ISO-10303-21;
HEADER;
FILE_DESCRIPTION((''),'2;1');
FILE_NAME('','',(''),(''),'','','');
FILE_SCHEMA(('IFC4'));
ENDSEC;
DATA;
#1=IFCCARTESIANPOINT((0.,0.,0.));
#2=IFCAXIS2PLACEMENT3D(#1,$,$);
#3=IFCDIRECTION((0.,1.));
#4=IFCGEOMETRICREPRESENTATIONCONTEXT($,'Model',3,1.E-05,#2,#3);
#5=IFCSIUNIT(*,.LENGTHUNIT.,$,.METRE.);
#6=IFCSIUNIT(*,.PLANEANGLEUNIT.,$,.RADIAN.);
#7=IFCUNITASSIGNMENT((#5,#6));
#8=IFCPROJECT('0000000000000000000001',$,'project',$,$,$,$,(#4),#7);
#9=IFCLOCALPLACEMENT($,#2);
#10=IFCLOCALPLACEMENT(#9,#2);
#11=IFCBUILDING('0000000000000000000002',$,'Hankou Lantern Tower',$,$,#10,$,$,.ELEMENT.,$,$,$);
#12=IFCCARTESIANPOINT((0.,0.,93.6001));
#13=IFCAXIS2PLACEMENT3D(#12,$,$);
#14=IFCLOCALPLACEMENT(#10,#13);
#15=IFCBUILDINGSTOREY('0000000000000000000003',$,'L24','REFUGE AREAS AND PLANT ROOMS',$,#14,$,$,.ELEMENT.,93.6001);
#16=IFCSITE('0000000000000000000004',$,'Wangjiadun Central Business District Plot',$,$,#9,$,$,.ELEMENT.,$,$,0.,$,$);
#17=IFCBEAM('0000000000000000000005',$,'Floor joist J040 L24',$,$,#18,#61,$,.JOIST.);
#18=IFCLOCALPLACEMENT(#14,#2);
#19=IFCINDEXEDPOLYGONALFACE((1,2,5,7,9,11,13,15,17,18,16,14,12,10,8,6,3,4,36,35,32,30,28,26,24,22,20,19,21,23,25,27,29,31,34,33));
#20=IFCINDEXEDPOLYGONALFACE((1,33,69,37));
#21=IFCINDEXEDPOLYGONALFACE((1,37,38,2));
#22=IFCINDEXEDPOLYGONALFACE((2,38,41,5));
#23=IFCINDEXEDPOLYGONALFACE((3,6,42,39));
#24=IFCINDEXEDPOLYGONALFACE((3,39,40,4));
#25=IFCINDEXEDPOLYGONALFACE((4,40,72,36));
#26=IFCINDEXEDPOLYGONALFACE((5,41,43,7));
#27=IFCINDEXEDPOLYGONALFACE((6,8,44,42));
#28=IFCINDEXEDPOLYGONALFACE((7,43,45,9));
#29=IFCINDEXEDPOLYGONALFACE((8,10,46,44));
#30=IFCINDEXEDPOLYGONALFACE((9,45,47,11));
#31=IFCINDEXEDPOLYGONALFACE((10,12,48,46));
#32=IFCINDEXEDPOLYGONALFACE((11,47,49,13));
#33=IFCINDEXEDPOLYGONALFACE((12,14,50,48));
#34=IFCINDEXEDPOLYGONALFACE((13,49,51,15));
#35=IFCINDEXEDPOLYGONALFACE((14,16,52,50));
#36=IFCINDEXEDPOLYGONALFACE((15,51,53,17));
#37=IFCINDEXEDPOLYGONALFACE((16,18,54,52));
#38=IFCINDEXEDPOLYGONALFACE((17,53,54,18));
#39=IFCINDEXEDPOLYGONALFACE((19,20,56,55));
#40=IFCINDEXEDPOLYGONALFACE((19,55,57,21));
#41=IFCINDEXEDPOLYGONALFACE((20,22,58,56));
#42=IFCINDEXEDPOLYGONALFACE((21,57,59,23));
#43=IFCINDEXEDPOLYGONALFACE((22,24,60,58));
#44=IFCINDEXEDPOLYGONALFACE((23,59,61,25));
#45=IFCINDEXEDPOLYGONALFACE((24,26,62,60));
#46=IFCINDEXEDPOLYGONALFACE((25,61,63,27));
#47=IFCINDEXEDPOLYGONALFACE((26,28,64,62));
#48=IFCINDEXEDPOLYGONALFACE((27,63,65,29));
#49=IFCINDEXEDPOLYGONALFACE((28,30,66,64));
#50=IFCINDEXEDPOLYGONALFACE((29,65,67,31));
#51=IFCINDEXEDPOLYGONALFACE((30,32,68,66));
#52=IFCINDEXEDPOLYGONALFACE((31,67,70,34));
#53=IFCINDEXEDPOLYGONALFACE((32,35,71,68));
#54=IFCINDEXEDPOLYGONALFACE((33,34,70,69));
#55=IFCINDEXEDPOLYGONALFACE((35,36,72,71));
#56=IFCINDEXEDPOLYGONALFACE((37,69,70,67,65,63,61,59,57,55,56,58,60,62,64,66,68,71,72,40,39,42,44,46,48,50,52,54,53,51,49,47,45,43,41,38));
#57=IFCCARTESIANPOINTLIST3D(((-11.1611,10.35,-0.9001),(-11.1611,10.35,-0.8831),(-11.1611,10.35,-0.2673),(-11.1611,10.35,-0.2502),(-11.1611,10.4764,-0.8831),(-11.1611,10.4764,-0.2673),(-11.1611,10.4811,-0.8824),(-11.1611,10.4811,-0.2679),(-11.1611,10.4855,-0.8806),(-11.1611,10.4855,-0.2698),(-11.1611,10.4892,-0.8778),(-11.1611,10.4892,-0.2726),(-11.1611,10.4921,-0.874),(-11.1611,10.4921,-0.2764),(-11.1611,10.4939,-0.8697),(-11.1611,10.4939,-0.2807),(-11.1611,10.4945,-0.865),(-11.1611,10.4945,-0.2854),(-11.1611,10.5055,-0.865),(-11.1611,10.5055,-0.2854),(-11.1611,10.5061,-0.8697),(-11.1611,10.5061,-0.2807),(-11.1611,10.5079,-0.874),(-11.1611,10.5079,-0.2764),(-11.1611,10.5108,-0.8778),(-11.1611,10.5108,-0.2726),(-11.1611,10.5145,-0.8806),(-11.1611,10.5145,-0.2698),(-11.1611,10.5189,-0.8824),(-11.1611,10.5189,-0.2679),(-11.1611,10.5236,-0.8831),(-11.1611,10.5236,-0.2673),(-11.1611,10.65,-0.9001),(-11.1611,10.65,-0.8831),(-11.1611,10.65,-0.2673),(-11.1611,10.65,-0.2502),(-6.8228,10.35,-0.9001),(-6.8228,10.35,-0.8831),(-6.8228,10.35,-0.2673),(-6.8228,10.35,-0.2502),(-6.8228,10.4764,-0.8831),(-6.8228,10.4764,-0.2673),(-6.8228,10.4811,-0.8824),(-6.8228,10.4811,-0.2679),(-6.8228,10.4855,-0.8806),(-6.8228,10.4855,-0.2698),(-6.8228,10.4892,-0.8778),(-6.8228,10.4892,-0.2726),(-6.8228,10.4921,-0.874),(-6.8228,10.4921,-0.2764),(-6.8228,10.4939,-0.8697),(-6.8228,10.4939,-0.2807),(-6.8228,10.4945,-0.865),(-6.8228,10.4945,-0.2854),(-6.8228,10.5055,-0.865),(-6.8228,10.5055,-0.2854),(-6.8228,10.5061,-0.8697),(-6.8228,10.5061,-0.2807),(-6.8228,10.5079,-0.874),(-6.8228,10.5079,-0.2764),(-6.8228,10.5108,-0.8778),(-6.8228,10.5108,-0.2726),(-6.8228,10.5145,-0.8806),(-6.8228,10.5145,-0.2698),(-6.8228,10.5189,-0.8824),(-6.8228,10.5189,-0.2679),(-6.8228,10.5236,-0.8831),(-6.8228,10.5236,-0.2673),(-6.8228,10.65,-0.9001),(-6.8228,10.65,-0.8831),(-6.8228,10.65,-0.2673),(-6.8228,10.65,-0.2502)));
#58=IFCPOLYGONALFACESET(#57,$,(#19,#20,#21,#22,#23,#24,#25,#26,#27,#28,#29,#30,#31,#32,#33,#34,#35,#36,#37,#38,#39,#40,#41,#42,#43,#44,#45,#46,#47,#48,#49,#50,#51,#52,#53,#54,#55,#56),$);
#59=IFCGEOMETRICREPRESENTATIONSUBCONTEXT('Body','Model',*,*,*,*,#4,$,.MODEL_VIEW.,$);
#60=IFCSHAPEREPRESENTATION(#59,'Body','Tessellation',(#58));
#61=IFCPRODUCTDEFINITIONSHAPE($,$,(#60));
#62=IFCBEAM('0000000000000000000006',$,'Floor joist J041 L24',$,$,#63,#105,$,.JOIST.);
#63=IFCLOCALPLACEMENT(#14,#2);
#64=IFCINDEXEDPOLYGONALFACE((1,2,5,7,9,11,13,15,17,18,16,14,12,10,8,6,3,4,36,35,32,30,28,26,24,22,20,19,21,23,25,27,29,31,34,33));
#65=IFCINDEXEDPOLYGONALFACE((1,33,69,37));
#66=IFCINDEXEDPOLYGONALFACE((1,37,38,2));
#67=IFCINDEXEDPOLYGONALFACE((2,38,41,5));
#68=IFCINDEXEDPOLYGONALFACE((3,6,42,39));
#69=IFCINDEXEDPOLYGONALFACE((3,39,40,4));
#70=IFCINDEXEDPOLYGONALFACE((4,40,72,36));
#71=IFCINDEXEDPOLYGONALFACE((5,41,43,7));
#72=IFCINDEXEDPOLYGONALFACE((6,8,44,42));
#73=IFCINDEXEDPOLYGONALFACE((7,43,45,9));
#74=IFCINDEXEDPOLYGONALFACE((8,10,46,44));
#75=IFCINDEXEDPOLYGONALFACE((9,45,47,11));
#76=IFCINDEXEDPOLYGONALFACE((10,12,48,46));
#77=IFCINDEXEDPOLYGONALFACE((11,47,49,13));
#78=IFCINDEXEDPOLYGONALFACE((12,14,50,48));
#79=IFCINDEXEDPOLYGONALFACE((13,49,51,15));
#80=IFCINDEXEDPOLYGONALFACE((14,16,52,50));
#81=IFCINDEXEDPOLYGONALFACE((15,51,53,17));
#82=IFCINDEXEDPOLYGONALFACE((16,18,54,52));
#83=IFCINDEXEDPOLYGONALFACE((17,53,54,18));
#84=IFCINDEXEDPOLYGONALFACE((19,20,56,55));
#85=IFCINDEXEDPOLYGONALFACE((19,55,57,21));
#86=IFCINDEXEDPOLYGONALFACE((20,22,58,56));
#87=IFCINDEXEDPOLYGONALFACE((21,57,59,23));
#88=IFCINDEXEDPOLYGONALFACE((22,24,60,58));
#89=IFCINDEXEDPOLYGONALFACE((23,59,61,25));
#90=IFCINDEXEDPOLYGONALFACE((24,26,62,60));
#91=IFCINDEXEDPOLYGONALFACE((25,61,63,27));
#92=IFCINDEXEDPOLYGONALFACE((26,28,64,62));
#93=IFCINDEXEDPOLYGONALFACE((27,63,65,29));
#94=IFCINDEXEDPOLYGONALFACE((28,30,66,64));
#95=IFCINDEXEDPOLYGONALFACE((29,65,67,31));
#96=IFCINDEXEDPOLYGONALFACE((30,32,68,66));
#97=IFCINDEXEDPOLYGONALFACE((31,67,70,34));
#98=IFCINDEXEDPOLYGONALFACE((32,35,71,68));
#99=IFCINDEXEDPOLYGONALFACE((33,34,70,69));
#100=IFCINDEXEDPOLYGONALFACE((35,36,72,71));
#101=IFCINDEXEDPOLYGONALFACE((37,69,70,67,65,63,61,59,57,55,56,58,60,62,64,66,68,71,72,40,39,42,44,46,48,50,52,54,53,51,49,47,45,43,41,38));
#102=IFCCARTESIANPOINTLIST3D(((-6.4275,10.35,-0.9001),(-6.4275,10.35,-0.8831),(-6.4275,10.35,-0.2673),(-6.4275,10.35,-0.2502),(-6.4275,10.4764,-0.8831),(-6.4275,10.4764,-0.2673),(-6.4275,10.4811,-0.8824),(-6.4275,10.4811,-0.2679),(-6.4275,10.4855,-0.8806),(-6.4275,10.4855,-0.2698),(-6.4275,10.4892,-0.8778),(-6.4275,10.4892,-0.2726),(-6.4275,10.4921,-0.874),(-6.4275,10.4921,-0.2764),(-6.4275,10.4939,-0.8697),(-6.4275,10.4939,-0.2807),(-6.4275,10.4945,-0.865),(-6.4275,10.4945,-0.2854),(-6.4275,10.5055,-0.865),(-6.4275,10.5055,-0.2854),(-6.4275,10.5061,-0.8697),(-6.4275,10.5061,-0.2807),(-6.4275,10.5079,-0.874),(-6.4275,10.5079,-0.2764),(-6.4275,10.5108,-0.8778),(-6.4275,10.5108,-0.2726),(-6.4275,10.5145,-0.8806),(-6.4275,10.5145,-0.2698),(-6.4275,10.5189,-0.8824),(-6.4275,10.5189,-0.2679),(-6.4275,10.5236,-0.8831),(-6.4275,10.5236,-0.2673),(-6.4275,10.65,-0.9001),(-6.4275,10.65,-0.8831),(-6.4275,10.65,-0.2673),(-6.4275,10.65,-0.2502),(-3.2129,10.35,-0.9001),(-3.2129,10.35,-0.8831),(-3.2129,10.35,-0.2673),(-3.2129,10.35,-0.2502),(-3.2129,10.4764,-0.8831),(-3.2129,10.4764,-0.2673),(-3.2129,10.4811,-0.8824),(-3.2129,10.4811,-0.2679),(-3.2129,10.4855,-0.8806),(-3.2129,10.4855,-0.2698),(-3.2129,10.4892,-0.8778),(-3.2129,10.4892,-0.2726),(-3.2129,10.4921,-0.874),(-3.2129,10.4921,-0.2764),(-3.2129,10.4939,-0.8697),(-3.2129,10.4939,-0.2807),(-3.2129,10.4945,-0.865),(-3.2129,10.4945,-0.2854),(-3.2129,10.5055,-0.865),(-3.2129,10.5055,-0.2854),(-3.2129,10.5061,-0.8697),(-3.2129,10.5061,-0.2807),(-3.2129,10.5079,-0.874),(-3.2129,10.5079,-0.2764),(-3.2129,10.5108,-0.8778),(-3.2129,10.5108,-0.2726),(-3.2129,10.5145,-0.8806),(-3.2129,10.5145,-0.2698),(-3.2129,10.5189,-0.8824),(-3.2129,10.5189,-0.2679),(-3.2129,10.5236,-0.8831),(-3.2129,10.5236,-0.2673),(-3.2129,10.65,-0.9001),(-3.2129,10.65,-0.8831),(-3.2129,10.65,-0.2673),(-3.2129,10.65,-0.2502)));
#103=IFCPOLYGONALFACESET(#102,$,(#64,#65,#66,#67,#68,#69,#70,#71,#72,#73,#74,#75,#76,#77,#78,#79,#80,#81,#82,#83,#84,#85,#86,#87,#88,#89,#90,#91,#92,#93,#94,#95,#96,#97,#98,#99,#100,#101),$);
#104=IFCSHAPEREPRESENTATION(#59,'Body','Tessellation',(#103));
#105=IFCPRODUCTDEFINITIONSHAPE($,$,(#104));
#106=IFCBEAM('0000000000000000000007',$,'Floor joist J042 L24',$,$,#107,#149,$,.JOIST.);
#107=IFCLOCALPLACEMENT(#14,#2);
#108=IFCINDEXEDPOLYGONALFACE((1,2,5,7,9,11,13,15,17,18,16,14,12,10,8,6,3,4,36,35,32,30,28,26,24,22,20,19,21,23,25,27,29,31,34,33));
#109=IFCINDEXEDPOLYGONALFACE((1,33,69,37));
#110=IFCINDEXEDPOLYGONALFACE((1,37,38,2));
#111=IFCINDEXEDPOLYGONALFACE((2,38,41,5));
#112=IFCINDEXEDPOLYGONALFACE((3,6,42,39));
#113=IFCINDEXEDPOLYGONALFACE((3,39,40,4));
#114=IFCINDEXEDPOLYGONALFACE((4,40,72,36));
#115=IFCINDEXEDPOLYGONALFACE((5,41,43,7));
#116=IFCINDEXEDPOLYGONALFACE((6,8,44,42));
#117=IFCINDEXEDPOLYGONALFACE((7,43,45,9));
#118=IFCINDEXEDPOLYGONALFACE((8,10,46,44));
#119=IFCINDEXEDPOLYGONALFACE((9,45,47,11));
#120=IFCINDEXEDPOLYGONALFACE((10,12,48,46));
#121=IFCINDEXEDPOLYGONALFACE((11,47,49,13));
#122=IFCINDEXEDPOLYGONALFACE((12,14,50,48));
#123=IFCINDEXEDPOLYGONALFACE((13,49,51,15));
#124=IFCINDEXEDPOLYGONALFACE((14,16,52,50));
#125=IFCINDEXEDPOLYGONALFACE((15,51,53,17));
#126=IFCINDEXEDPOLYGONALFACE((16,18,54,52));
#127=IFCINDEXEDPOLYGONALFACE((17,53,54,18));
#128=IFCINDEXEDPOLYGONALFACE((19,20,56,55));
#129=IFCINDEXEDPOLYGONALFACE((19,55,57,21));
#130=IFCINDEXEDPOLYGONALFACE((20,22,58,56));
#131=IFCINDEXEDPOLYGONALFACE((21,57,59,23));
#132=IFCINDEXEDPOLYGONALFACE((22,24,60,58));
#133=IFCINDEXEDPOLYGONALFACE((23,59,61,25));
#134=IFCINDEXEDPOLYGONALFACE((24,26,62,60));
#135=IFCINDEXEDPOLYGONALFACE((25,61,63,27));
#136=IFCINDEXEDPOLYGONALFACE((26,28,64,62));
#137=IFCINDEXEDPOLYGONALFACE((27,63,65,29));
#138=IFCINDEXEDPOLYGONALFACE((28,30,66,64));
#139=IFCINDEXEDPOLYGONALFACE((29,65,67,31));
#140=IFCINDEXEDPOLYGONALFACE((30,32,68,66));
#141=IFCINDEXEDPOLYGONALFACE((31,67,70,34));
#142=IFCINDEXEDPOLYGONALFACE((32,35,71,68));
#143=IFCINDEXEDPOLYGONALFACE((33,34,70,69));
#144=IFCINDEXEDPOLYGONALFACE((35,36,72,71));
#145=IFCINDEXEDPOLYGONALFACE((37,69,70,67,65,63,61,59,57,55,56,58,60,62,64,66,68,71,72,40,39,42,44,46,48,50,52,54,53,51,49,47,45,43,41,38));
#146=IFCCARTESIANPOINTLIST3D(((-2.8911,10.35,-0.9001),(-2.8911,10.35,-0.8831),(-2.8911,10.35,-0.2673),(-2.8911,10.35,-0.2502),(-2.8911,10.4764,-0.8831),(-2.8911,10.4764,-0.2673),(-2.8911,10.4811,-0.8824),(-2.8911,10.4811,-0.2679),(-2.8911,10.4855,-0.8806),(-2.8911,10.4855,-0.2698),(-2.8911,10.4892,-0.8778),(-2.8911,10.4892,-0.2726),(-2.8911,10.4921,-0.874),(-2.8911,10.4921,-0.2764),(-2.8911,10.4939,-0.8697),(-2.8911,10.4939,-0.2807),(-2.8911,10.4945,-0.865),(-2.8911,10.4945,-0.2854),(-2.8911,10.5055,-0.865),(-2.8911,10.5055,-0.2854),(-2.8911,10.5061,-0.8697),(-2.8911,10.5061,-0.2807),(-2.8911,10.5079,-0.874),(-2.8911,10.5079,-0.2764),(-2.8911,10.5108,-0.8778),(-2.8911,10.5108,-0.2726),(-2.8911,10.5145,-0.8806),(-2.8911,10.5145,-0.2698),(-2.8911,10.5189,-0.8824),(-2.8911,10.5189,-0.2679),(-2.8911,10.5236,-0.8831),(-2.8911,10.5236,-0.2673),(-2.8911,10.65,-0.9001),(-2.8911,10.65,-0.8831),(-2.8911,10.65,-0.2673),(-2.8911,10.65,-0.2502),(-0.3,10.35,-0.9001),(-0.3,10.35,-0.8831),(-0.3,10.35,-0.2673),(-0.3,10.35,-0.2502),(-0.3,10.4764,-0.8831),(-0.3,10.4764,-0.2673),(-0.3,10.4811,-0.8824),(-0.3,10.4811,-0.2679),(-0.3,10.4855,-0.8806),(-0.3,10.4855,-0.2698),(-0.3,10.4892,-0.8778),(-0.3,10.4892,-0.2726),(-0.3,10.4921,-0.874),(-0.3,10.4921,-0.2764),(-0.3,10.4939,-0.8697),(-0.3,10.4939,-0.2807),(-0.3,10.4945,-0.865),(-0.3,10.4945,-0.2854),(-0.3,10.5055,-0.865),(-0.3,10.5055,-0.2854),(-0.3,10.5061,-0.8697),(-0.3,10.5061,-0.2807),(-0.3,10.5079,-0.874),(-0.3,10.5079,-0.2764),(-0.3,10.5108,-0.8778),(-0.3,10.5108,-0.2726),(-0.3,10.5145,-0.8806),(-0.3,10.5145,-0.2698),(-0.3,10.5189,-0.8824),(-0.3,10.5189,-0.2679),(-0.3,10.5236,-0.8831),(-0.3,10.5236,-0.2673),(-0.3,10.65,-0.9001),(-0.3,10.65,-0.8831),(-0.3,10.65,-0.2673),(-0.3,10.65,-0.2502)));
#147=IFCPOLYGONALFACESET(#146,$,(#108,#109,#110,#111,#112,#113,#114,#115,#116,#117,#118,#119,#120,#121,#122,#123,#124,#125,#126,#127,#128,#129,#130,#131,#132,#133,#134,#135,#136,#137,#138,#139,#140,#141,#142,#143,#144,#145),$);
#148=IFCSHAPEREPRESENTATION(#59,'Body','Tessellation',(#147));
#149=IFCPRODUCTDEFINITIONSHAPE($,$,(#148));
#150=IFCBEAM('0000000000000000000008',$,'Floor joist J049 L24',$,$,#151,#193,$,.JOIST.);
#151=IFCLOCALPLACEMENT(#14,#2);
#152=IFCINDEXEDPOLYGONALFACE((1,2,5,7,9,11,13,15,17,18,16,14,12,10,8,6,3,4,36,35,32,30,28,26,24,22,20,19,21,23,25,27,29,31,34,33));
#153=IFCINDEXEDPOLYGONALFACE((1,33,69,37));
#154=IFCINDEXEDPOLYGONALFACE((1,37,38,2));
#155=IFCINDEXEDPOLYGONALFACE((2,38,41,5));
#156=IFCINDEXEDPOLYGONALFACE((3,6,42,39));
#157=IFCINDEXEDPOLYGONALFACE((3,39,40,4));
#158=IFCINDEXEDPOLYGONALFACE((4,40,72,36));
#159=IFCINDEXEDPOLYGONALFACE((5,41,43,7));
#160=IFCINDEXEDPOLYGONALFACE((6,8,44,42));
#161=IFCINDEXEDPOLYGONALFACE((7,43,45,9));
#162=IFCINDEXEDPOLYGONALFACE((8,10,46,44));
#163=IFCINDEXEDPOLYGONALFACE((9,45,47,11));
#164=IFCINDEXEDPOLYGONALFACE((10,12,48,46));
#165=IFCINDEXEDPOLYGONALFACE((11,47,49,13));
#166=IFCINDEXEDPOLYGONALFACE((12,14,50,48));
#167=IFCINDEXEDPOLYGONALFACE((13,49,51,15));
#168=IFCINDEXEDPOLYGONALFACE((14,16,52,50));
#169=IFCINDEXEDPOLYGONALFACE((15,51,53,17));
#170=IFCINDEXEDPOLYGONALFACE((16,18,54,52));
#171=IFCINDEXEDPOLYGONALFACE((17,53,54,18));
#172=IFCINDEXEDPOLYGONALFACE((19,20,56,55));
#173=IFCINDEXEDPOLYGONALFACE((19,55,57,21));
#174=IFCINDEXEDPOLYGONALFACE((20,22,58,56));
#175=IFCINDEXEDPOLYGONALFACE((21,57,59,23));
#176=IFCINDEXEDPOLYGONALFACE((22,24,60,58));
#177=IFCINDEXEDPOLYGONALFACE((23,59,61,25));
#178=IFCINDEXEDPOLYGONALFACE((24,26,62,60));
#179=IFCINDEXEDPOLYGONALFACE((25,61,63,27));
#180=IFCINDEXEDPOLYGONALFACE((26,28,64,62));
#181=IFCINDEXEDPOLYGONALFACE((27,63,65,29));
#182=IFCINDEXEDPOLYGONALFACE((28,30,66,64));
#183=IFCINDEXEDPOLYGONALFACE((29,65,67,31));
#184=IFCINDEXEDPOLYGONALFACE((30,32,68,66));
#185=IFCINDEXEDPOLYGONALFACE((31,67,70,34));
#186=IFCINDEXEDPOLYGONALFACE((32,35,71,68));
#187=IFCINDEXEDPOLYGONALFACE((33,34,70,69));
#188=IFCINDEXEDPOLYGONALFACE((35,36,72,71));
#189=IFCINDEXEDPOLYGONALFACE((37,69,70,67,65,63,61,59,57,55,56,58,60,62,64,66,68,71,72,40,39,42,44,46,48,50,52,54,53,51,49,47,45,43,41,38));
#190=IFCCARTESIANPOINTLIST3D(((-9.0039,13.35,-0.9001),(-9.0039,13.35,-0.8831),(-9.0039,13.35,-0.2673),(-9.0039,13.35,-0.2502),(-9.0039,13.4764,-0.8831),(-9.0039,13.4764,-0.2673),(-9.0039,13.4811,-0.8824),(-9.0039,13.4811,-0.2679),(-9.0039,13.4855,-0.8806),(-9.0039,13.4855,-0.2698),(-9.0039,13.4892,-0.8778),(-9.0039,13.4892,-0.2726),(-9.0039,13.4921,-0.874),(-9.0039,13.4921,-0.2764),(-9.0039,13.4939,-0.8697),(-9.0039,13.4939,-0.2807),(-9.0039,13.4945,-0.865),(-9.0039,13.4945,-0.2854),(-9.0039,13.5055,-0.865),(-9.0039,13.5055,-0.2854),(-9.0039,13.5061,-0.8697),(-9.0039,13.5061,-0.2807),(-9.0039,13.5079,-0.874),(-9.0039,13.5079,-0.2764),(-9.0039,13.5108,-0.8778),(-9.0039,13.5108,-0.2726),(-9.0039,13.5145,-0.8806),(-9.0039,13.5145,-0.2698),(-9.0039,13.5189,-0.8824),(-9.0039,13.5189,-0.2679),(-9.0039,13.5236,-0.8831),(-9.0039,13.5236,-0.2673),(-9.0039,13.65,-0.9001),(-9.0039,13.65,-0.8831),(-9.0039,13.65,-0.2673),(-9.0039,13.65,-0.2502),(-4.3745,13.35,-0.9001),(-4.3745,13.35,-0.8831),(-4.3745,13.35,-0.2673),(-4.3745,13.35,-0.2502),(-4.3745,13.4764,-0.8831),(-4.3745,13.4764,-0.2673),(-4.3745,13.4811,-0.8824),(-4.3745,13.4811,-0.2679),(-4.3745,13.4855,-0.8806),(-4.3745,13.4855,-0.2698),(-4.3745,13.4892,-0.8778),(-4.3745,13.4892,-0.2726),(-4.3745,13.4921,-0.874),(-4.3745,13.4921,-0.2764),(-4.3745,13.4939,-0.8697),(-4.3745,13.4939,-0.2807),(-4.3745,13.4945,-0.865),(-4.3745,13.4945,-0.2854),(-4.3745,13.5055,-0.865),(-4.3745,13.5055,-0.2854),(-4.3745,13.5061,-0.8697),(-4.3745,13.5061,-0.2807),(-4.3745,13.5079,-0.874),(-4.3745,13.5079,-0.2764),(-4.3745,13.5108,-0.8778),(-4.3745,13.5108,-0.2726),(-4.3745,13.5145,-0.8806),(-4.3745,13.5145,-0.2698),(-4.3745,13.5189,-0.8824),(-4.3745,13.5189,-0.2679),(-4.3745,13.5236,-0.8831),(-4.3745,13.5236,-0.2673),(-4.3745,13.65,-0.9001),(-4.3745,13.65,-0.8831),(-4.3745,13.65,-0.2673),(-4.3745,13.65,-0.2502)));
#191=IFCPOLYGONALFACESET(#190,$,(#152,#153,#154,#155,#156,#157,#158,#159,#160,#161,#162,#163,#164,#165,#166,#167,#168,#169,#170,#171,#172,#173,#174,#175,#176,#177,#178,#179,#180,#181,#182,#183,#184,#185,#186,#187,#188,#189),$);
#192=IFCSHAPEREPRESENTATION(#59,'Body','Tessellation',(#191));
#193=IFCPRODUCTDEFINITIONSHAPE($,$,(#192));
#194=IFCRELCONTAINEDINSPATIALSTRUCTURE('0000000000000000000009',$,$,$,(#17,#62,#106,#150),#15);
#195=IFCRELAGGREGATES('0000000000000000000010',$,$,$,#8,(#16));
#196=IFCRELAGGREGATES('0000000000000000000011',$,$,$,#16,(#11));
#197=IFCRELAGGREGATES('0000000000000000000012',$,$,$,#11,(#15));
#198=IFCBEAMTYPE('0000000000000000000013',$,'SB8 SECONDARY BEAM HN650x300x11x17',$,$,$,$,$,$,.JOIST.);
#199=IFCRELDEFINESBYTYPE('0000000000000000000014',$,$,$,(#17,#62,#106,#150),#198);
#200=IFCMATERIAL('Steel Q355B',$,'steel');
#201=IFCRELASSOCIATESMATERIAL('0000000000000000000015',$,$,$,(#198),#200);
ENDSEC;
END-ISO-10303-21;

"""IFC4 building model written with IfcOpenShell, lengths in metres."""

from ifc_helpers import new_model, si_unit, direction, frame, origin, origin_2d, place, context, subcontext, project, spatial, i_section, extrude, material, material_profile, profile_set, type_object, element, save


model = new_model("IFC4")

# Units and contexts
model_context = context("Model", 3, precision=1e-05, world=origin(), true_north=direction((0.0, 1.0)))
body_context = subcontext(model_context, "Body", "Model", "MODEL_VIEW")
ifc_project = project(units=[si_unit("LENGTHUNIT", "METRE"), si_unit("PLANEANGLEUNIT", "RADIAN")], contexts=[model_context])

# Site, building, storey
site_placement = place(None, origin())
site = spatial("IfcSite", under=ifc_project, at=site_placement, Name="Wangjiadun Central Business District Plot", CompositionType="ELEMENT", RefElevation=0.0)
building_placement = place(site_placement, origin())
building = spatial("IfcBuilding", under=site, at=building_placement, Name="Hankou Lantern Tower", CompositionType="ELEMENT")
storey_placement = place(building_placement, frame((0.0, 0.0, 93.6001)))
storey = spatial("IfcBuildingStorey", under=building, at=storey_placement, Name="L24", Description="REFUGE AREAS AND PLANT ROOMS", CompositionType="ELEMENT", Elevation=93.6001)

# Beams
ifc_material_1 = material(Name="Steel Q355B", Category="steel")
ifc_material_profile_1 = material_profile(ifc_material_1, i_section(OverallWidth=0.3, OverallDepth=0.6499, WebThickness=0.011, FlangeThickness=0.0171, FilletRadius=0.0181, at=origin_2d()), Name="HN650x300x11x17")
ifc_profile_set_1 = profile_set([ifc_material_profile_1], Name="Steel Q355B")
beam_type_1 = type_object("IfcBeamType", Name="SB8 SECONDARY BEAM HN650x300x11x17", PredefinedType="JOIST", material=ifc_profile_set_1)
beam_1_placement = place(storey_placement, frame((-11.1611, 10.5, -0.5752), z_axis=(1.0, 0.0, 0.0), x_axis=(0.0, 1.0, 0.0)))
element("IfcBeam", 1, at=beam_1_placement, inside=storey, type_object=beam_type_1, Name="Floor joist J040 L24", PredefinedType="JOIST", context=body_context, shape_type="SweptSolid", body=[
    extrude(i_section(OverallWidth=0.3, OverallDepth=0.6499, WebThickness=0.011, FlangeThickness=0.0171, FilletRadius=0.0181, at=origin_2d()), origin(), (0.0, 0.0, 1.0), 4.3384),
])
beam_2_placement = place(storey_placement, frame((-6.4275, 10.5, -0.5752), z_axis=(1.0, 0.0, 0.0), x_axis=(0.0, 1.0, 0.0)))
element("IfcBeam", 2, at=beam_2_placement, inside=storey, type_object=beam_type_1, Name="Floor joist J041 L24", PredefinedType="JOIST", context=body_context, shape_type="SweptSolid", body=[
    extrude(i_section(OverallWidth=0.3, OverallDepth=0.6499, WebThickness=0.011, FlangeThickness=0.0171, FilletRadius=0.0181, at=origin_2d()), origin(), (0.0, 0.0, 1.0), 3.2146),
])
beam_3_placement = place(storey_placement, frame((-2.8911, 10.5, -0.5752), z_axis=(1.0, 0.0, 0.0), x_axis=(0.0, 1.0, 0.0)))
element("IfcBeam", 3, at=beam_3_placement, inside=storey, type_object=beam_type_1, Name="Floor joist J042 L24", PredefinedType="JOIST", context=body_context, shape_type="SweptSolid", body=[
    extrude(i_section(OverallWidth=0.3, OverallDepth=0.6499, WebThickness=0.011, FlangeThickness=0.0171, FilletRadius=0.0181, at=origin_2d()), origin(), (0.0, 0.0, 1.0), 2.5911),
])
beam_4_placement = place(storey_placement, frame((-9.0039, 13.5, -0.5752), z_axis=(1.0, 0.0, 0.0), x_axis=(0.0, 1.0, 0.0)))
element("IfcBeam", 4, at=beam_4_placement, inside=storey, type_object=beam_type_1, Name="Floor joist J049 L24", PredefinedType="JOIST", context=body_context, shape_type="SweptSolid", body=[
    extrude(i_section(OverallWidth=0.3, OverallDepth=0.6499, WebThickness=0.011, FlangeThickness=0.0171, FilletRadius=0.0181, at=origin_2d()), origin(), (0.0, 0.0, 1.0), 4.6294),
])

save(model, "model.ifc")
